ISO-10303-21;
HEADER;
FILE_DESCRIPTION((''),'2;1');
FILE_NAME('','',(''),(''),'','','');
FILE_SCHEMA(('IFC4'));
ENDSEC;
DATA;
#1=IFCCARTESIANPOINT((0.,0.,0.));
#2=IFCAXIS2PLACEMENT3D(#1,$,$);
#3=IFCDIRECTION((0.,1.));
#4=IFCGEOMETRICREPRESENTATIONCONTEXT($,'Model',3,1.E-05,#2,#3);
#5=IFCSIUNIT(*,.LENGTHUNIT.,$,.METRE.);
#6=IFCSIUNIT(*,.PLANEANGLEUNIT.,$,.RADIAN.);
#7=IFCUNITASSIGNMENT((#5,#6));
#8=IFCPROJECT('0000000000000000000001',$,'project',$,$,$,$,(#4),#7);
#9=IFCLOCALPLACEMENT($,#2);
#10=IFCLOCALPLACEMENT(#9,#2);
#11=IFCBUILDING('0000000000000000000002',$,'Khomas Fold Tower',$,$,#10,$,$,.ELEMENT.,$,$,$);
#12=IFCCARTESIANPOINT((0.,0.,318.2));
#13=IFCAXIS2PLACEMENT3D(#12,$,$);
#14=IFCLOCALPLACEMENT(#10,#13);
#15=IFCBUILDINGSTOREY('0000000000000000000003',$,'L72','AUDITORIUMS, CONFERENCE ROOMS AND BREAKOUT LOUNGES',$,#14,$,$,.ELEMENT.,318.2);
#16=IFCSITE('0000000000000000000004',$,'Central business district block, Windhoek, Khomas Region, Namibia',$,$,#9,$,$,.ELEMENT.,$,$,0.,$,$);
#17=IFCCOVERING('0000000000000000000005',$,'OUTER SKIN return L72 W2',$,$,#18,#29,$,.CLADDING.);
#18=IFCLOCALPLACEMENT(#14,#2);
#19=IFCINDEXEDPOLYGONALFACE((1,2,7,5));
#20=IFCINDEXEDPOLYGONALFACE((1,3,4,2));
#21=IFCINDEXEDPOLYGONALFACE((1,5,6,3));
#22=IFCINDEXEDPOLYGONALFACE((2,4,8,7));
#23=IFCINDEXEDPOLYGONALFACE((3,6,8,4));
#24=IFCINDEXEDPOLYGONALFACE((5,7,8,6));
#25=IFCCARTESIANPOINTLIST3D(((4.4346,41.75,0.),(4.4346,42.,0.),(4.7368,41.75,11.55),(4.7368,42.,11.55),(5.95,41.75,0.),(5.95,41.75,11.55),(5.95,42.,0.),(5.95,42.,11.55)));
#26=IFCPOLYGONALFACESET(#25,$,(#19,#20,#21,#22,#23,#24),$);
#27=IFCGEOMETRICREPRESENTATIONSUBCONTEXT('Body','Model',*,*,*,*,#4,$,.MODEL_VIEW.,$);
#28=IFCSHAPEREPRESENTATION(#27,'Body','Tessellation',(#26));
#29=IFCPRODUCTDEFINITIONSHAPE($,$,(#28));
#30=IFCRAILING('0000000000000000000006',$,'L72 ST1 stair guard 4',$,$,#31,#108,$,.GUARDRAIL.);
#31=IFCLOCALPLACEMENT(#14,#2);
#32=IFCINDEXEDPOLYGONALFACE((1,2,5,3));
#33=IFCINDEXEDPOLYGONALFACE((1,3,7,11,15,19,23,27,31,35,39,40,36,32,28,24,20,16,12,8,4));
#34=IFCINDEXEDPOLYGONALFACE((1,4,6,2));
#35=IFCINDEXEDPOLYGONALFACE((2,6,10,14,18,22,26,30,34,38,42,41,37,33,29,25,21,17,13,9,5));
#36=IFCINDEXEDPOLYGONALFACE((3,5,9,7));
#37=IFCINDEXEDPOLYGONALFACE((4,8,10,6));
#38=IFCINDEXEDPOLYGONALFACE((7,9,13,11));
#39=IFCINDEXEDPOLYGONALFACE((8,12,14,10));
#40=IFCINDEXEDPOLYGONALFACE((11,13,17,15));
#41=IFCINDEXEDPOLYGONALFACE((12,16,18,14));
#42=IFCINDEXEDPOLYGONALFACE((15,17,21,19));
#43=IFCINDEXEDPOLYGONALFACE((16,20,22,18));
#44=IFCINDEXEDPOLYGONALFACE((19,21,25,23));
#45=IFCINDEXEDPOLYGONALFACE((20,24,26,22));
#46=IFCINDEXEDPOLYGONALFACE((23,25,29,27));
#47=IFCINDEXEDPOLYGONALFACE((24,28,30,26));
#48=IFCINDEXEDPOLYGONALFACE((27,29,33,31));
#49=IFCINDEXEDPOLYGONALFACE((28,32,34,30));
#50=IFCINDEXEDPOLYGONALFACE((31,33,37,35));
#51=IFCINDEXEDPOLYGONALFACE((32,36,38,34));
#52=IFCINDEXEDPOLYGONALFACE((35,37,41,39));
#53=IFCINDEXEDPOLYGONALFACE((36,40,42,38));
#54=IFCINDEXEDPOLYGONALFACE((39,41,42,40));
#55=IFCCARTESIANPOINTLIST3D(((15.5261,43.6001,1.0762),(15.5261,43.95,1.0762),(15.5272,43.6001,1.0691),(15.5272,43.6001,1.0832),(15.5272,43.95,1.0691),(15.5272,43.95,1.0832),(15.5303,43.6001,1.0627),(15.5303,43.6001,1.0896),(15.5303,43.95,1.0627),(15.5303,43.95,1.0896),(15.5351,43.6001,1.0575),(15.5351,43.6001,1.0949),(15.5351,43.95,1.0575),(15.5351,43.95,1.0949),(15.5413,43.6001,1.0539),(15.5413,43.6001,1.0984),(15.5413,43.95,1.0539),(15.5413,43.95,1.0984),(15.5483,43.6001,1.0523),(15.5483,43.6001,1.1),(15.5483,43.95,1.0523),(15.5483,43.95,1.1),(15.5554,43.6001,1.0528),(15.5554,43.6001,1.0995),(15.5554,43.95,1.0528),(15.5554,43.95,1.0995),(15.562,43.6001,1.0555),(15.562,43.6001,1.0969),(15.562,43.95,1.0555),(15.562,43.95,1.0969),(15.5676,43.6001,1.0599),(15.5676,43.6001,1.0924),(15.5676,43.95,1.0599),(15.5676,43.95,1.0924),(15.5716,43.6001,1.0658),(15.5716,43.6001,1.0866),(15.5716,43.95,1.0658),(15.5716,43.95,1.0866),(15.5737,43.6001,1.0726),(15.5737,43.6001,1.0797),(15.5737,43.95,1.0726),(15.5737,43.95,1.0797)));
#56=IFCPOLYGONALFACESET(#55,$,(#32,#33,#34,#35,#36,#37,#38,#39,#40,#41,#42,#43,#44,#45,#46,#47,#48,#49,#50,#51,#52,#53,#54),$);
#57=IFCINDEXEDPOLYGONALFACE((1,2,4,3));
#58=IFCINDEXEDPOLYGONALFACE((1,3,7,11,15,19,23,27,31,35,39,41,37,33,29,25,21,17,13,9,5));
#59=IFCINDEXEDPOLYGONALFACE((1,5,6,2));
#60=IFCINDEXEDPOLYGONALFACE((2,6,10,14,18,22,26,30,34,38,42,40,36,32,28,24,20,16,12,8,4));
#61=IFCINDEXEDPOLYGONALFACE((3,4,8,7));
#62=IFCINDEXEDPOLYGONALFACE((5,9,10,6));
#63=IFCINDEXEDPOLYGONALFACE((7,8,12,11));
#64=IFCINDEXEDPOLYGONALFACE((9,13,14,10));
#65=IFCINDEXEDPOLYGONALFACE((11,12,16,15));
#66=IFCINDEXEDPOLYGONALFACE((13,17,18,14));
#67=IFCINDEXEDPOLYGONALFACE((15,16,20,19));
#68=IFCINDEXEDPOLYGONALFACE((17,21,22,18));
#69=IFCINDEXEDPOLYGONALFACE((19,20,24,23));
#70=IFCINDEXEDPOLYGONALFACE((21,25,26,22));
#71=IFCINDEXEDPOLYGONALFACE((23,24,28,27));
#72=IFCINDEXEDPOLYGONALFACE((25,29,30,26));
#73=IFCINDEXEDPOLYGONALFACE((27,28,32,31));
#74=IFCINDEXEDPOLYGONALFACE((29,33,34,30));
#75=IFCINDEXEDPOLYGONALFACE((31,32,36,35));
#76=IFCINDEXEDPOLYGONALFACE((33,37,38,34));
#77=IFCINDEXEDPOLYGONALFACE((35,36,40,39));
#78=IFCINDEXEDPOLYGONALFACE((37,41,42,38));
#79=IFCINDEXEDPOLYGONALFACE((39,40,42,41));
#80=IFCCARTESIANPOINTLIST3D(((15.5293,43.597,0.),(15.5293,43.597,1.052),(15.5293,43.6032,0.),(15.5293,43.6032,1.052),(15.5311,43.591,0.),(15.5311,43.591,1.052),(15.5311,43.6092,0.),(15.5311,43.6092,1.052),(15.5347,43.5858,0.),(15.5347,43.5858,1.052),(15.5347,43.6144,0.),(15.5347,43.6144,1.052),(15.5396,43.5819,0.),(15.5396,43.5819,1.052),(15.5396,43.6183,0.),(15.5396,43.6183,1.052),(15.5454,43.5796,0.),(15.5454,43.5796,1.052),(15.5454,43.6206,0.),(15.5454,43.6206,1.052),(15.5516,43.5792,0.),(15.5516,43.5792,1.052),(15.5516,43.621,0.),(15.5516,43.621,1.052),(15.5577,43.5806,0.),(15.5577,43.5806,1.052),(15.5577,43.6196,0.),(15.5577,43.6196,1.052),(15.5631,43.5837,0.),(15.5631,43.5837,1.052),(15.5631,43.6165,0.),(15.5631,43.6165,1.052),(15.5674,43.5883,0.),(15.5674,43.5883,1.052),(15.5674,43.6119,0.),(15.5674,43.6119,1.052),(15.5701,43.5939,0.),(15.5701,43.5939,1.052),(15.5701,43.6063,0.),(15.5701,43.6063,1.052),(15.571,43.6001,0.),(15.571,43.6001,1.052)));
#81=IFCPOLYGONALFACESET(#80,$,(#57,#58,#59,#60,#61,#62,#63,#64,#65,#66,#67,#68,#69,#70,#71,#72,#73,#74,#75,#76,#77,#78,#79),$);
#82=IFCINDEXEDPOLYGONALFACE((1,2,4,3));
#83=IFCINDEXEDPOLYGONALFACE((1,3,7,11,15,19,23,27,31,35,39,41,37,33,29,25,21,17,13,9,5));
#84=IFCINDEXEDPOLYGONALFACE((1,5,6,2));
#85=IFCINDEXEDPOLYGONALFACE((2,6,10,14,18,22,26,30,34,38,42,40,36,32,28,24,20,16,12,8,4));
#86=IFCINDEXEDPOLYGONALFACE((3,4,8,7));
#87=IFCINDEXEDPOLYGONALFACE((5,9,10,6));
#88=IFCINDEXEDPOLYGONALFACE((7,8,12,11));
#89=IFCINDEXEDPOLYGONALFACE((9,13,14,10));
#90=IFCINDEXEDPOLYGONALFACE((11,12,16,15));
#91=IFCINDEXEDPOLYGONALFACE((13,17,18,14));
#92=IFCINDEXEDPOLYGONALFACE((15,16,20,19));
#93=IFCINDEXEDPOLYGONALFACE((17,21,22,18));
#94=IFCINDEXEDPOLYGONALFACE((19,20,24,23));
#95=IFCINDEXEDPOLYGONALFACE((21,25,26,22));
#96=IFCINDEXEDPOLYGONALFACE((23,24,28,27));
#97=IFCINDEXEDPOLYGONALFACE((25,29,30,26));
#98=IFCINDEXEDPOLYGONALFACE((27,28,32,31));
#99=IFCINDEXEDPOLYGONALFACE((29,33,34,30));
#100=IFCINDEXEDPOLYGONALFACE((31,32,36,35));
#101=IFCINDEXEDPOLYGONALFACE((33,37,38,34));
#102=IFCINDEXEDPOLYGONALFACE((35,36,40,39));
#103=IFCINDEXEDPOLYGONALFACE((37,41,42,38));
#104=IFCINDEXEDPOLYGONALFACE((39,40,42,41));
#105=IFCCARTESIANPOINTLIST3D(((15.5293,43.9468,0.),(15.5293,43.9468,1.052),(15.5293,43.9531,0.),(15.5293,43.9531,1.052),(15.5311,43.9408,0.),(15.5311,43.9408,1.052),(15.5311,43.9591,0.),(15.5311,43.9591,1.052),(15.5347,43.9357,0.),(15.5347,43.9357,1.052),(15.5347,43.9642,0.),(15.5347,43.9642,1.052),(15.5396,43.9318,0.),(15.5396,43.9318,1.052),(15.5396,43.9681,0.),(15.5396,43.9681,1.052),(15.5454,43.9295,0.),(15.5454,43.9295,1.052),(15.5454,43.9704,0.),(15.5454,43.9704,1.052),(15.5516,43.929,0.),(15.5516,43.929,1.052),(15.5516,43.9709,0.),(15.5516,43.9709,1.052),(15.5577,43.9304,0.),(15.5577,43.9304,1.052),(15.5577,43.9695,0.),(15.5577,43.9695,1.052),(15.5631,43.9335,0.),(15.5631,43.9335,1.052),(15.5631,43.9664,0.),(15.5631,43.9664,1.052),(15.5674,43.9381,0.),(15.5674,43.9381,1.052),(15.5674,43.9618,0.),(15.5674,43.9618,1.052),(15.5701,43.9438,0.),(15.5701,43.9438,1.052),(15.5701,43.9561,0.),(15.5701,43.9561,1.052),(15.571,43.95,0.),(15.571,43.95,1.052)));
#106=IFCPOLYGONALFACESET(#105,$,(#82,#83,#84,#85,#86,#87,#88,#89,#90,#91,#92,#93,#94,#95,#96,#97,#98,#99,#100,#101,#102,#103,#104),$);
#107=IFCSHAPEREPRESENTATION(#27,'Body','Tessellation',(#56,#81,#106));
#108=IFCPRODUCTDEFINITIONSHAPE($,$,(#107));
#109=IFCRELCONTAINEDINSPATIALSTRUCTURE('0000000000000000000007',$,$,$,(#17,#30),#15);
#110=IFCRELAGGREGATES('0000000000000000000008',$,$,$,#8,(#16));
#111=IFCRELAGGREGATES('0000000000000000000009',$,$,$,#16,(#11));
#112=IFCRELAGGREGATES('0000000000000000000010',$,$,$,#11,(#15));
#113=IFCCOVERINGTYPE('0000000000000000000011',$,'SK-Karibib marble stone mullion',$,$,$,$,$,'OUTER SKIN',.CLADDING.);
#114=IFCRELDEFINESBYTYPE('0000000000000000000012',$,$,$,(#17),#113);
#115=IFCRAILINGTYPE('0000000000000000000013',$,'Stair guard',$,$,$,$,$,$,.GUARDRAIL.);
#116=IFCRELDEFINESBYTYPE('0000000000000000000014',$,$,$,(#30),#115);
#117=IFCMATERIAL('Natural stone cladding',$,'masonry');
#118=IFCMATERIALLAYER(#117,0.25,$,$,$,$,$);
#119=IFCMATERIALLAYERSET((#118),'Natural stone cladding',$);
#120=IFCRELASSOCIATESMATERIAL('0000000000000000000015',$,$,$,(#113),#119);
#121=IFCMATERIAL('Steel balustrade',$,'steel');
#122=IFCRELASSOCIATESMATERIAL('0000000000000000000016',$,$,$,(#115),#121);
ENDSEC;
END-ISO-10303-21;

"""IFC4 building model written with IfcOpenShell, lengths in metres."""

from ifc_helpers import new_model, si_unit, direction, frame, origin, origin_2d, place, context, subcontext, project, spatial, polyline, circle, outline, extrude, source, transform, mapped, material, layer, layer_set, type_object, element, save


model = new_model("IFC4")

# Units and contexts
model_context = context("Model", 3, precision=1e-05, world=origin(), true_north=direction((0.0, 1.0)))
body_context = subcontext(model_context, "Body", "Model", "MODEL_VIEW")
ifc_project = project(units=[si_unit("LENGTHUNIT", "METRE"), si_unit("PLANEANGLEUNIT", "RADIAN")], contexts=[model_context])

# Site, building, storey
site_placement = place(None, origin())
site = spatial("IfcSite", under=ifc_project, at=site_placement, Name="Central business district block, Windhoek, Khomas Region, Namibia", CompositionType="ELEMENT", RefElevation=0.0)
building_placement = place(site_placement, origin())
building = spatial("IfcBuilding", under=site, at=building_placement, Name="Khomas Fold Tower", CompositionType="ELEMENT")
storey_placement = place(building_placement, frame((0.0, 0.0, 318.2)))
storey = spatial("IfcBuildingStorey", under=building, at=storey_placement, Name="L72", Description="AUDITORIUMS, CONFERENCE ROOMS AND BREAKOUT LOUNGES", CompositionType="ELEMENT", Elevation=318.2)

# Covering
ifc_material_1 = material(Name="Natural stone cladding", Category="masonry")
ifc_layer_1 = layer(ifc_material_1, 0.25)
ifc_layer_set_1 = layer_set([ifc_layer_1], Name="Natural stone cladding")
covering_type = type_object("IfcCoveringType", Name="SK-Karibib marble stone mullion", ElementType="OUTER SKIN", PredefinedType="CLADDING", material=ifc_layer_set_1)
covering_1_placement = place(storey_placement, frame((5.95, 42.0, 0.0), z_axis=(0.0, 1.0, 0.0), x_axis=(-1.0, 0.0, 0.0)))
element("IfcCovering", 1, at=covering_1_placement, inside=storey, type_object=covering_type, Name="OUTER SKIN return L72 W2", PredefinedType="CLADDING", context=body_context, shape_type="SweptSolid", body=[
    extrude(outline(polyline([(0.0, 0.0), (1.5154, 0.0), (1.2131, 11.55), (0.0, 11.55), (0.0, 0.0)])), origin(), (0.0, 0.0, -1.0), 0.25),
])

# Railing
ifc_material_2 = material(Name="Steel balustrade", Category="steel")
railing_type_1 = type_object("IfcRailingType", Name="Stair guard", PredefinedType="GUARDRAIL", material=ifc_material_2)
shared_shape_1 = source(origin(), body_context, "Body", "SweptSolid", [
    extrude(circle(Radius=0.0239, at=origin_2d()), frame((0.0, 0.0, 1.0762), z_axis=(0.0, 1.0, 0.0), x_axis=(-1.0, 0.0, 0.0)), (0.0, 0.0, 1.0), 0.3499),
    extrude(circle(Radius=0.021, at=origin_2d()), origin(), (0.0, 0.0, 1.0), 1.052),
    extrude(circle(Radius=0.021, at=origin_2d()), frame((0.0, 0.3499, 0.0)), (0.0, 0.0, 1.0), 1.052),
])
railing_1_placement = place(storey_placement, frame((15.55, 43.6001, 0.0)))
element("IfcRailing", 2, at=railing_1_placement, inside=storey, type_object=railing_type_1, Name="L72 ST1 stair guard 4", PredefinedType="GUARDRAIL", context=body_context, shape_type="MappedRepresentation", body=[
    mapped(shared_shape_1, transform((0.0, 0.0, 0.0))),
])

save(model, "model.ifc")
